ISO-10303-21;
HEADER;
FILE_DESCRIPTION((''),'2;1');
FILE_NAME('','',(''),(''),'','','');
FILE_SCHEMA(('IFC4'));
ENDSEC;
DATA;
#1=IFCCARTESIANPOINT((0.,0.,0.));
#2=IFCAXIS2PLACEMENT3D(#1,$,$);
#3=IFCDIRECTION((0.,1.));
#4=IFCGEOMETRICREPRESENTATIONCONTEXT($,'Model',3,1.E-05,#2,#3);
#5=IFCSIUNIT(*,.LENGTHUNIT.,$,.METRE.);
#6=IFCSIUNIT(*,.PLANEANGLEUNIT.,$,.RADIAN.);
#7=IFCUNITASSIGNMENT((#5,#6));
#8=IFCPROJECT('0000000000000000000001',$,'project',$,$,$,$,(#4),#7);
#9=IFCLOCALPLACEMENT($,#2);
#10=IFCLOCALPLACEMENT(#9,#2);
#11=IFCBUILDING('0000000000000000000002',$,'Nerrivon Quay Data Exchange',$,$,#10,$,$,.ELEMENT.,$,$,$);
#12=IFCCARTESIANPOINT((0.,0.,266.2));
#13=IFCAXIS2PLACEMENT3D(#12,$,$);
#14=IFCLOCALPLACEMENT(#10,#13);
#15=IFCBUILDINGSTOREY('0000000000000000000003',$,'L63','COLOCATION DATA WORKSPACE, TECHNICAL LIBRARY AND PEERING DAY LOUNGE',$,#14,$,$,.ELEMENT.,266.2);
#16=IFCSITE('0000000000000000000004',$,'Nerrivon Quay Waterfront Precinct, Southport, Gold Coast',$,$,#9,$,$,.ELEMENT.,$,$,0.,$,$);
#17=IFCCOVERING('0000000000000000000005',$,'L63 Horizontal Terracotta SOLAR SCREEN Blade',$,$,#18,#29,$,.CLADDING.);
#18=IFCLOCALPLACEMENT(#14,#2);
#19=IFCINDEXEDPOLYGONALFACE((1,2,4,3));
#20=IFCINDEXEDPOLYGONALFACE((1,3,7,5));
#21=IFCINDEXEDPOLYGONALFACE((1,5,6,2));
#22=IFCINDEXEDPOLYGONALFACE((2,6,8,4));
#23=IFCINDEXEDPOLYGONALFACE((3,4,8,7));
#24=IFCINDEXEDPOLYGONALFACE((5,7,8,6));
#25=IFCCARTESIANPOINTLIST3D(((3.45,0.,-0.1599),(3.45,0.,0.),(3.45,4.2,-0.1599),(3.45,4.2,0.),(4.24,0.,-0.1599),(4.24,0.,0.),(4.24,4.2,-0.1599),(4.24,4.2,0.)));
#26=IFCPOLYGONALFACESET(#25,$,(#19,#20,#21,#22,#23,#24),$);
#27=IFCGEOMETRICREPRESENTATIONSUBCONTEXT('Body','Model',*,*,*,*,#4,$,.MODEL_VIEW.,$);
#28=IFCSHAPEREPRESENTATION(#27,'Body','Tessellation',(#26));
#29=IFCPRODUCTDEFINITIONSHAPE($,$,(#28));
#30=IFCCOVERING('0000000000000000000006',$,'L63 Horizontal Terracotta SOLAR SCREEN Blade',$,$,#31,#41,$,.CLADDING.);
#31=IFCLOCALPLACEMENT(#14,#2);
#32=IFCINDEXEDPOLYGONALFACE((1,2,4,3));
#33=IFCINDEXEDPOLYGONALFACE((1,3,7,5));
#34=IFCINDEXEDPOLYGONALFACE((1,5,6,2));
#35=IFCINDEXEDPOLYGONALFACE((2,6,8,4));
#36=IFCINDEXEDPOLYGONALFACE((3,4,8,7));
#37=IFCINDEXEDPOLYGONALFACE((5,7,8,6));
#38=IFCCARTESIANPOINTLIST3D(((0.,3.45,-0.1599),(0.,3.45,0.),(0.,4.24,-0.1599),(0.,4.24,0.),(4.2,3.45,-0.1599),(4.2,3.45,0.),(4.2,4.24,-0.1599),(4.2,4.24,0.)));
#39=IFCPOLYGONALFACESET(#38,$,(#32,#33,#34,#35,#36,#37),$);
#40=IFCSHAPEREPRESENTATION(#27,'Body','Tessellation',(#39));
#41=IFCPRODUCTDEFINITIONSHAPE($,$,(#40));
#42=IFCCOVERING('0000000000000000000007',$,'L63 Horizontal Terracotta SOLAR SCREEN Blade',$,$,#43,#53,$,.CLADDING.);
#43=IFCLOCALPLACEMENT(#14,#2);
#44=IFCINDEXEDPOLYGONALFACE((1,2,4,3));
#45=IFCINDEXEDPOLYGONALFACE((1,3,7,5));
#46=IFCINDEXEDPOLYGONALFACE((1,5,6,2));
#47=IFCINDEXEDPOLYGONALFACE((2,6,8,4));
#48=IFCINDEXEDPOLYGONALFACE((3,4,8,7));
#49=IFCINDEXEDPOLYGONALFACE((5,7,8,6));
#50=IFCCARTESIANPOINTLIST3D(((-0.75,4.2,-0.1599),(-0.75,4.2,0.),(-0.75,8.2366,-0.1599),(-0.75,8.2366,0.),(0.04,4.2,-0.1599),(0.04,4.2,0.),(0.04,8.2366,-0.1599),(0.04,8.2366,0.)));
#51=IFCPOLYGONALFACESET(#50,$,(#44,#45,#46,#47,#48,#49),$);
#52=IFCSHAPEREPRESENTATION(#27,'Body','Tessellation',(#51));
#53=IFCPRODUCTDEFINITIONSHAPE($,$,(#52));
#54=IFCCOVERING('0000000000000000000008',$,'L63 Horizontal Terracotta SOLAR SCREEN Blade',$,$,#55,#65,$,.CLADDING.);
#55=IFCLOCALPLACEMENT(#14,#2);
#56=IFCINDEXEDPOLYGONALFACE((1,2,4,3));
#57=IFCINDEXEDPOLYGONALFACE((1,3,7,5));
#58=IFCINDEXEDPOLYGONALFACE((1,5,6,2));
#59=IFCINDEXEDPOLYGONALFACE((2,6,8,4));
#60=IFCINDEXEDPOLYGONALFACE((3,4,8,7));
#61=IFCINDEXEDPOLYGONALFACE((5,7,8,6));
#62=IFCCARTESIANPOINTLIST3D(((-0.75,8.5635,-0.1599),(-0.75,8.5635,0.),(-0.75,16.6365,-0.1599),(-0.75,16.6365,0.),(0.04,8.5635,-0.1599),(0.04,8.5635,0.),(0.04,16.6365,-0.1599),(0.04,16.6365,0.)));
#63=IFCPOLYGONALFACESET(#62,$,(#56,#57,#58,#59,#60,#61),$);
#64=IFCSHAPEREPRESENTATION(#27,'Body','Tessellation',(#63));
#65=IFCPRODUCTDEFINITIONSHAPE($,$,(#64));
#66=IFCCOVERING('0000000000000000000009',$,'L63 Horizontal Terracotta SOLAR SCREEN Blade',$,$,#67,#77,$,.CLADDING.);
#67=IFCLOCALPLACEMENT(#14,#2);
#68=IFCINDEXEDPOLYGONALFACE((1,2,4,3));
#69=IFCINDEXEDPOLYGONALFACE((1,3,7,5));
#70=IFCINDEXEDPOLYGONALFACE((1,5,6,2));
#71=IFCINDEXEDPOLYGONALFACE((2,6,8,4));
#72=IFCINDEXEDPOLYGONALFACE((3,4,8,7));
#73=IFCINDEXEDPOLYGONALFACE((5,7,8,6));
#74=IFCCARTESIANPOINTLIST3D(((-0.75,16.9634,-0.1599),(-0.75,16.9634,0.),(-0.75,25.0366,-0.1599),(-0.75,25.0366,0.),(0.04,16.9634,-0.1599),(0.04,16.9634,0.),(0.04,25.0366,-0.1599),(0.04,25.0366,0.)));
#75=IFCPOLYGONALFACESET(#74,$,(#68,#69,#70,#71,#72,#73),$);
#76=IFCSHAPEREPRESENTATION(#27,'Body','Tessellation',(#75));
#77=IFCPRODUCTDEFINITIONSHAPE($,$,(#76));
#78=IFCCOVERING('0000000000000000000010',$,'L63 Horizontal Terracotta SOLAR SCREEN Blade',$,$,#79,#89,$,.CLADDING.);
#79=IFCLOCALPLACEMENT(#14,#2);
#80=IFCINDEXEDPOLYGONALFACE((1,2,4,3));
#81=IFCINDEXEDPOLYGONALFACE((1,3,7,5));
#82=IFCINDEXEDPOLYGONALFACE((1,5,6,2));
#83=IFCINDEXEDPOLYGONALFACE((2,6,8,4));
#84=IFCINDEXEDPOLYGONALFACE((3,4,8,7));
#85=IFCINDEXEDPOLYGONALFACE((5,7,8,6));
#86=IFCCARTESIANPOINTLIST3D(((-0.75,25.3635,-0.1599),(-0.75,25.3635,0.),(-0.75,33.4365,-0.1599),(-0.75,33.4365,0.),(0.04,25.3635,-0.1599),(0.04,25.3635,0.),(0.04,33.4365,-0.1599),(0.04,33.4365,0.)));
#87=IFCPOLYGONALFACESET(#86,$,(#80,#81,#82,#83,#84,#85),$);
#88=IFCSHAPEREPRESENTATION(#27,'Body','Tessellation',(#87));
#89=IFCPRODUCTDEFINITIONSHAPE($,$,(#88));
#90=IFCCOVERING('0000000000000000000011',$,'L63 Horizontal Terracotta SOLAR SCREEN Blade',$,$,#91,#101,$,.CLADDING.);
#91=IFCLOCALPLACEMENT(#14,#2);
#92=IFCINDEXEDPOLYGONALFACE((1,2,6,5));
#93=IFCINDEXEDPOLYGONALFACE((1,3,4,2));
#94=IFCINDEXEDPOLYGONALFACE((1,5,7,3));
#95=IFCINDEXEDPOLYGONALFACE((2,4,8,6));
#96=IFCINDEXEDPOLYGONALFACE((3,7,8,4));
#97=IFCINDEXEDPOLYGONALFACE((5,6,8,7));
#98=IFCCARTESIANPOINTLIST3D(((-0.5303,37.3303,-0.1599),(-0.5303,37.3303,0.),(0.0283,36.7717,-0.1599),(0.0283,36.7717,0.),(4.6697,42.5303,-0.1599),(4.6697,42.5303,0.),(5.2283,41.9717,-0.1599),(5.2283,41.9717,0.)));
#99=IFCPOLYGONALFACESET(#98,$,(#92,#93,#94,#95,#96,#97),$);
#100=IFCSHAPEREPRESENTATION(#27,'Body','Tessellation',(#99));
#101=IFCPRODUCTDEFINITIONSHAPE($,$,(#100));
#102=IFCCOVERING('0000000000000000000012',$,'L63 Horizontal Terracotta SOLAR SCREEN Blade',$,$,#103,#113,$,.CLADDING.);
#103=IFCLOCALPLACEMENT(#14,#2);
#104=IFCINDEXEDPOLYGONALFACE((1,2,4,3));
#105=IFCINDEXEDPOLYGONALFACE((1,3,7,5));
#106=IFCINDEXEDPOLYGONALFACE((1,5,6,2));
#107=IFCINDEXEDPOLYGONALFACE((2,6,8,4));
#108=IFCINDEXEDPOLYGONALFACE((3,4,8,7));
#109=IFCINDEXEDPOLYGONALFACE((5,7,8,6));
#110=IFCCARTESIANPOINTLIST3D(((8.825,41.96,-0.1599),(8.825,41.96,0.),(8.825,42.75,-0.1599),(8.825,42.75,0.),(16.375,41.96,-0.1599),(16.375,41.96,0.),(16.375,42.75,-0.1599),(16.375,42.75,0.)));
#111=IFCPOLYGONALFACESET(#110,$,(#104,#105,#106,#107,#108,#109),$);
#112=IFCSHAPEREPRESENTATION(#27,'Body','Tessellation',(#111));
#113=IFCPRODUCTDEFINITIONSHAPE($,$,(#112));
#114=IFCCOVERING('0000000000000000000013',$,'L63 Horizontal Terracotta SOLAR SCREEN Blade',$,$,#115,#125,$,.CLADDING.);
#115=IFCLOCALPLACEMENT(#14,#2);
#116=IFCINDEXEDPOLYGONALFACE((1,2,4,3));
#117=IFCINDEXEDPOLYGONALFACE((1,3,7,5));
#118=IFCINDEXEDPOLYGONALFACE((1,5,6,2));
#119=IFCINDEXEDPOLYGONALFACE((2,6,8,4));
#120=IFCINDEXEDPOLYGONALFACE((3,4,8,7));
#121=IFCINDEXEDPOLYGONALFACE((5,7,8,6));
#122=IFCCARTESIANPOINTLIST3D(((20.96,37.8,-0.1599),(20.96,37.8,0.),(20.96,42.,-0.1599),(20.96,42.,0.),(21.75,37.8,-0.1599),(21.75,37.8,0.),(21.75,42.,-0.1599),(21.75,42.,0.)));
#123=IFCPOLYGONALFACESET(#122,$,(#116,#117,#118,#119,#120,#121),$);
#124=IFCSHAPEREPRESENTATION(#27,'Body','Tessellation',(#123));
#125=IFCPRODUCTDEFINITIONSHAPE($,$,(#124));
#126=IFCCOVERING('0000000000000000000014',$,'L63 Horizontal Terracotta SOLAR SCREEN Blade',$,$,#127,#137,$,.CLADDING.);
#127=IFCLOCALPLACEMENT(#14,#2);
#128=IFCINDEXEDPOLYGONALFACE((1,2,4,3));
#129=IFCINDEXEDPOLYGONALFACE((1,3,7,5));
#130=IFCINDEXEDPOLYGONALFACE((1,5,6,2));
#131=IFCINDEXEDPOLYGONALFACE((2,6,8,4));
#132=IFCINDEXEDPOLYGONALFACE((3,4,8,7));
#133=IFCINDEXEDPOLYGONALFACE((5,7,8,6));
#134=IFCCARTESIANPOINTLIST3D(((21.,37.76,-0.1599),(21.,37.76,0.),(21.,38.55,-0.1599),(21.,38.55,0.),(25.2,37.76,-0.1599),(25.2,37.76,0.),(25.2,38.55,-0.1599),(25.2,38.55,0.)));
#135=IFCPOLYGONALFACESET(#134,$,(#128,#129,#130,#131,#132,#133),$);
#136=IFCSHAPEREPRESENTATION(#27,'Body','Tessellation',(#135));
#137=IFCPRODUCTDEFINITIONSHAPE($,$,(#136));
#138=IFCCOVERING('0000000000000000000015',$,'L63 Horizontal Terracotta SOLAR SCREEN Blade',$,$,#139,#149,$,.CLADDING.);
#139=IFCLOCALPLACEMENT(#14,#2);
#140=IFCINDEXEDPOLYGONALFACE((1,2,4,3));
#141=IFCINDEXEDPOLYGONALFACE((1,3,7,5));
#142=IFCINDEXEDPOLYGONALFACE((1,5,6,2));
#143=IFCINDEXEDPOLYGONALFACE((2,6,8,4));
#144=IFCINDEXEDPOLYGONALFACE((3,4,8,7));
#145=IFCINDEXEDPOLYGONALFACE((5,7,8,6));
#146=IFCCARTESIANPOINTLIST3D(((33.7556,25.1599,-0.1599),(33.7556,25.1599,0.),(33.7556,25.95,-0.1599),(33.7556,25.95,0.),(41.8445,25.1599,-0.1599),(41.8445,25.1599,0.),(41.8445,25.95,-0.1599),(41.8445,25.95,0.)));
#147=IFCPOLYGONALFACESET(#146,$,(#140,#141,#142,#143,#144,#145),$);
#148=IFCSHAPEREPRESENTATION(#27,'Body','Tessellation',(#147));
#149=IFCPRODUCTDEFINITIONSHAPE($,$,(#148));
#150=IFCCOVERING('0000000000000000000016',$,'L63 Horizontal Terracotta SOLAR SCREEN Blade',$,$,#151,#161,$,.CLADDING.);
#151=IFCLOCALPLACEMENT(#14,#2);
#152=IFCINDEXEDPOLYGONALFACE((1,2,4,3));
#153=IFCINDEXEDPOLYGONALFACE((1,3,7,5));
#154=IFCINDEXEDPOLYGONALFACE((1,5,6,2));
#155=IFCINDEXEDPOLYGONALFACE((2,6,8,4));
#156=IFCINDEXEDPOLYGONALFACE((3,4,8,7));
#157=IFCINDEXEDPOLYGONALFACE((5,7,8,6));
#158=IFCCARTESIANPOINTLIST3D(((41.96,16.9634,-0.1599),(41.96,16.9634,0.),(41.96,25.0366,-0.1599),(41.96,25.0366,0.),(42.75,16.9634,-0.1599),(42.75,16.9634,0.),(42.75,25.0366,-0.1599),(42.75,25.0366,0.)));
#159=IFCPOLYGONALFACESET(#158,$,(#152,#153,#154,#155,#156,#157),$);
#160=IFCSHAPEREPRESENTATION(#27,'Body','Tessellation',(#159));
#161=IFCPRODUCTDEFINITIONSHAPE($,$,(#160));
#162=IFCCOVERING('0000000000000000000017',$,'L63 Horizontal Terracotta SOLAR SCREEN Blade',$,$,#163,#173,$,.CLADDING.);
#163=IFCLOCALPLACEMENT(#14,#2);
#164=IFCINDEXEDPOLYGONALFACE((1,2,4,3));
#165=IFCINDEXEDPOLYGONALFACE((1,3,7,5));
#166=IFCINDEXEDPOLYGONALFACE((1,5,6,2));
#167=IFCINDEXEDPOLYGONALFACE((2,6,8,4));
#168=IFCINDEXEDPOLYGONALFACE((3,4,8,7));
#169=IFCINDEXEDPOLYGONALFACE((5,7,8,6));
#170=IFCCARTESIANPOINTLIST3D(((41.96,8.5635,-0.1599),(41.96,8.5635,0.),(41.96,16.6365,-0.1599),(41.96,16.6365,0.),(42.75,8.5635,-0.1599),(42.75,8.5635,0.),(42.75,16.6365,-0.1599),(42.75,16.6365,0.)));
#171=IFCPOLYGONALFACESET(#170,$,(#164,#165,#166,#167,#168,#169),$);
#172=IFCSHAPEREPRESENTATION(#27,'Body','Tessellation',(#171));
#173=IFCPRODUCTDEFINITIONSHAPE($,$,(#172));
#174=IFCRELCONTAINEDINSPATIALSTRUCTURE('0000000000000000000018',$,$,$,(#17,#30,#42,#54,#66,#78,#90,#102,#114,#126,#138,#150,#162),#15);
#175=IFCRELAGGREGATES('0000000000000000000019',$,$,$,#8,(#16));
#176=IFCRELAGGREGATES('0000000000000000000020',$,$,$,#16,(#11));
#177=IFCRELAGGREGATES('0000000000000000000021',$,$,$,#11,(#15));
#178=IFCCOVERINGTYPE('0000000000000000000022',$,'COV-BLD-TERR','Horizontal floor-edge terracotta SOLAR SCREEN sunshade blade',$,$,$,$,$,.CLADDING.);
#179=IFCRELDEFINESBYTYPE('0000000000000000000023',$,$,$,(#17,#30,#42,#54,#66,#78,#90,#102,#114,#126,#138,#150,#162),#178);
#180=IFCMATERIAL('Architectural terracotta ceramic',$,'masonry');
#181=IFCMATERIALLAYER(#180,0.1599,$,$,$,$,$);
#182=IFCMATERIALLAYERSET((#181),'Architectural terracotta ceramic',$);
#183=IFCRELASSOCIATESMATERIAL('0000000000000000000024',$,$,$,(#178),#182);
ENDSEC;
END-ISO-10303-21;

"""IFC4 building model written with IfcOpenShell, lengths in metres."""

from ifc_helpers import new_model, si_unit, direction, frame, origin, place, context, subcontext, project, spatial, polyline, outline, extrude, material, layer, layer_set, type_object, element, save


model = new_model("IFC4")

# Units and contexts
model_context = context("Model", 3, precision=1e-05, world=origin(), true_north=direction((0.0, 1.0)))
body_context = subcontext(model_context, "Body", "Model", "MODEL_VIEW")
ifc_project = project(units=[si_unit("LENGTHUNIT", "METRE"), si_unit("PLANEANGLEUNIT", "RADIAN")], contexts=[model_context])

# Site, building, storey
site_placement = place(None, origin())
site = spatial("IfcSite", under=ifc_project, at=site_placement, Name="Nerrivon Quay Waterfront Precinct, Southport, Gold Coast", CompositionType="ELEMENT", RefElevation=0.0)
building_placement = place(site_placement, origin())
building = spatial("IfcBuilding", under=site, at=building_placement, Name="Nerrivon Quay Data Exchange", CompositionType="ELEMENT")
storey_placement = place(building_placement, frame((0.0, 0.0, 266.2)))
storey = spatial("IfcBuildingStorey", under=building, at=storey_placement, Name="L63", Description="COLOCATION DATA WORKSPACE, TECHNICAL LIBRARY AND PEERING DAY LOUNGE", CompositionType="ELEMENT", Elevation=266.2)

# Coverings
ifc_material_1 = material(Name="Architectural terracotta ceramic", Category="masonry")
ifc_layer_1 = layer(ifc_material_1, 0.1599)
ifc_layer_set_1 = layer_set([ifc_layer_1], Name="Architectural terracotta ceramic")
covering_type = type_object("IfcCoveringType", Name="COV-BLD-TERR", Description="Horizontal floor-edge terracotta SOLAR SCREEN sunshade blade", PredefinedType="CLADDING", material=ifc_layer_set_1)
covering_1_placement = place(storey_placement, frame((0.0, 0.0, -0.1599)))
element("IfcCovering", 1, at=covering_1_placement, inside=storey, type_object=covering_type, Name="L63 Horizontal Terracotta SOLAR SCREEN Blade", PredefinedType="CLADDING", context=body_context, shape_type="SweptSolid", body=[
    extrude(outline(polyline([(4.24, 0.0), (4.24, 4.2), (3.45, 4.2), (3.45, 0.0), (4.24, 0.0)])), origin(), (0.0, 0.0, 1.0), 0.1599),
])
covering_2_placement = place(storey_placement, frame((0.0, 0.0, -0.1599)))
element("IfcCovering", 2, at=covering_2_placement, inside=storey, type_object=covering_type, Name="L63 Horizontal Terracotta SOLAR SCREEN Blade", PredefinedType="CLADDING", context=body_context, shape_type="SweptSolid", body=[
    extrude(outline(polyline([(4.2, 4.24), (0.0, 4.24), (0.0, 3.45), (4.2, 3.45), (4.2, 4.24)])), origin(), (0.0, 0.0, 1.0), 0.1599),
])
covering_3_placement = place(storey_placement, frame((0.0, 0.0, -0.1599)))
element("IfcCovering", 3, at=covering_3_placement, inside=storey, type_object=covering_type, Name="L63 Horizontal Terracotta SOLAR SCREEN Blade", PredefinedType="CLADDING", context=body_context, shape_type="SweptSolid", body=[
    extrude(outline(polyline([(0.04, 4.2), (0.04, 8.2366), (-0.75, 8.2366), (-0.75, 4.2), (0.04, 4.2)])), origin(), (0.0, 0.0, 1.0), 0.1599),
])
covering_4_placement = place(storey_placement, frame((0.0, 0.0, -0.1599)))
element("IfcCovering", 4, at=covering_4_placement, inside=storey, type_object=covering_type, Name="L63 Horizontal Terracotta SOLAR SCREEN Blade", PredefinedType="CLADDING", context=body_context, shape_type="SweptSolid", body=[
    extrude(outline(polyline([(0.04, 8.5635), (0.04, 16.6365), (-0.75, 16.6365), (-0.75, 8.5635), (0.04, 8.5635)])), origin(), (0.0, 0.0, 1.0), 0.1599),
])
covering_5_placement = place(storey_placement, frame((0.0, 0.0, -0.1599)))
element("IfcCovering", 5, at=covering_5_placement, inside=storey, type_object=covering_type, Name="L63 Horizontal Terracotta SOLAR SCREEN Blade", PredefinedType="CLADDING", context=body_context, shape_type="SweptSolid", body=[
    extrude(outline(polyline([(0.04, 16.9634), (0.04, 25.0366), (-0.75, 25.0366), (-0.75, 16.9634), (0.04, 16.9634)])), origin(), (0.0, 0.0, 1.0), 0.1599),
])
covering_6_placement = place(storey_placement, frame((0.0, 0.0, -0.1599)))
element("IfcCovering", 6, at=covering_6_placement, inside=storey, type_object=covering_type, Name="L63 Horizontal Terracotta SOLAR SCREEN Blade", PredefinedType="CLADDING", context=body_context, shape_type="SweptSolid", body=[
    extrude(outline(polyline([(0.04, 25.3635), (0.04, 33.4365), (-0.75, 33.4365), (-0.75, 25.3635), (0.04, 25.3635)])), origin(), (0.0, 0.0, 1.0), 0.1599),
])
covering_7_placement = place(storey_placement, frame((0.0, 0.0, -0.1599)))
element("IfcCovering", 7, at=covering_7_placement, inside=storey, type_object=covering_type, Name="L63 Horizontal Terracotta SOLAR SCREEN Blade", PredefinedType="CLADDING", context=body_context, shape_type="SweptSolid", body=[
    extrude(outline(polyline([(0.0283, 36.7717), (5.2283, 41.9717), (4.6697, 42.5303), (-0.5303, 37.3303), (0.0283, 36.7717)])), origin(), (0.0, 0.0, 1.0), 0.1599),
])
covering_8_placement = place(storey_placement, frame((0.0, 0.0, -0.1599)))
element("IfcCovering", 8, at=covering_8_placement, inside=storey, type_object=covering_type, Name="L63 Horizontal Terracotta SOLAR SCREEN Blade", PredefinedType="CLADDING", context=body_context, shape_type="SweptSolid", body=[
    extrude(outline(polyline([(8.825, 41.96), (16.375, 41.96), (16.375, 42.75), (8.825, 42.75), (8.825, 41.96)])), origin(), (0.0, 0.0, 1.0), 0.1599),
])
covering_9_placement = place(storey_placement, frame((0.0, 0.0, -0.1599)))
element("IfcCovering", 9, at=covering_9_placement, inside=storey, type_object=covering_type, Name="L63 Horizontal Terracotta SOLAR SCREEN Blade", PredefinedType="CLADDING", context=body_context, shape_type="SweptSolid", body=[
    extrude(outline(polyline([(20.96, 42.0), (20.96, 37.8), (21.75, 37.8), (21.75, 42.0), (20.96, 42.0)])), origin(), (0.0, 0.0, 1.0), 0.1599),
])
covering_10_placement = place(storey_placement, frame((0.0, 0.0, -0.1599)))
element("IfcCovering", 10, at=covering_10_placement, inside=storey, type_object=covering_type, Name="L63 Horizontal Terracotta SOLAR SCREEN Blade", PredefinedType="CLADDING", context=body_context, shape_type="SweptSolid", body=[
    extrude(outline(polyline([(21.0, 37.76), (25.2, 37.76), (25.2, 38.55), (21.0, 38.55), (21.0, 37.76)])), origin(), (0.0, 0.0, 1.0), 0.1599),
])
covering_11_placement = place(storey_placement, frame((0.0, 0.0, -0.1599)))
element("IfcCovering", 11, at=covering_11_placement, inside=storey, type_object=covering_type, Name="L63 Horizontal Terracotta SOLAR SCREEN Blade", PredefinedType="CLADDING", context=body_context, shape_type="SweptSolid", body=[
    extrude(outline(polyline([(33.7556, 25.1599), (41.8445, 25.1599), (41.8445, 25.95), (33.7556, 25.95), (33.7556, 25.1599)])), origin(), (0.0, 0.0, 1.0), 0.1599),
])
covering_12_placement = place(storey_placement, frame((0.0, 0.0, -0.1599)))
element("IfcCovering", 12, at=covering_12_placement, inside=storey, type_object=covering_type, Name="L63 Horizontal Terracotta SOLAR SCREEN Blade", PredefinedType="CLADDING", context=body_context, shape_type="SweptSolid", body=[
    extrude(outline(polyline([(41.96, 25.0366), (41.96, 16.9634), (42.75, 16.9634), (42.75, 25.0366), (41.96, 25.0366)])), origin(), (0.0, 0.0, 1.0), 0.1599),
])
covering_13_placement = place(storey_placement, frame((0.0, 0.0, -0.1599)))
element("IfcCovering", 13, at=covering_13_placement, inside=storey, type_object=covering_type, Name="L63 Horizontal Terracotta SOLAR SCREEN Blade", PredefinedType="CLADDING", context=body_context, shape_type="SweptSolid", body=[
    extrude(outline(polyline([(41.96, 16.6365), (41.96, 8.5635), (42.75, 8.5635), (42.75, 16.6365), (41.96, 16.6365)])), origin(), (0.0, 0.0, 1.0), 0.1599),
])

save(model, "model.ifc")
